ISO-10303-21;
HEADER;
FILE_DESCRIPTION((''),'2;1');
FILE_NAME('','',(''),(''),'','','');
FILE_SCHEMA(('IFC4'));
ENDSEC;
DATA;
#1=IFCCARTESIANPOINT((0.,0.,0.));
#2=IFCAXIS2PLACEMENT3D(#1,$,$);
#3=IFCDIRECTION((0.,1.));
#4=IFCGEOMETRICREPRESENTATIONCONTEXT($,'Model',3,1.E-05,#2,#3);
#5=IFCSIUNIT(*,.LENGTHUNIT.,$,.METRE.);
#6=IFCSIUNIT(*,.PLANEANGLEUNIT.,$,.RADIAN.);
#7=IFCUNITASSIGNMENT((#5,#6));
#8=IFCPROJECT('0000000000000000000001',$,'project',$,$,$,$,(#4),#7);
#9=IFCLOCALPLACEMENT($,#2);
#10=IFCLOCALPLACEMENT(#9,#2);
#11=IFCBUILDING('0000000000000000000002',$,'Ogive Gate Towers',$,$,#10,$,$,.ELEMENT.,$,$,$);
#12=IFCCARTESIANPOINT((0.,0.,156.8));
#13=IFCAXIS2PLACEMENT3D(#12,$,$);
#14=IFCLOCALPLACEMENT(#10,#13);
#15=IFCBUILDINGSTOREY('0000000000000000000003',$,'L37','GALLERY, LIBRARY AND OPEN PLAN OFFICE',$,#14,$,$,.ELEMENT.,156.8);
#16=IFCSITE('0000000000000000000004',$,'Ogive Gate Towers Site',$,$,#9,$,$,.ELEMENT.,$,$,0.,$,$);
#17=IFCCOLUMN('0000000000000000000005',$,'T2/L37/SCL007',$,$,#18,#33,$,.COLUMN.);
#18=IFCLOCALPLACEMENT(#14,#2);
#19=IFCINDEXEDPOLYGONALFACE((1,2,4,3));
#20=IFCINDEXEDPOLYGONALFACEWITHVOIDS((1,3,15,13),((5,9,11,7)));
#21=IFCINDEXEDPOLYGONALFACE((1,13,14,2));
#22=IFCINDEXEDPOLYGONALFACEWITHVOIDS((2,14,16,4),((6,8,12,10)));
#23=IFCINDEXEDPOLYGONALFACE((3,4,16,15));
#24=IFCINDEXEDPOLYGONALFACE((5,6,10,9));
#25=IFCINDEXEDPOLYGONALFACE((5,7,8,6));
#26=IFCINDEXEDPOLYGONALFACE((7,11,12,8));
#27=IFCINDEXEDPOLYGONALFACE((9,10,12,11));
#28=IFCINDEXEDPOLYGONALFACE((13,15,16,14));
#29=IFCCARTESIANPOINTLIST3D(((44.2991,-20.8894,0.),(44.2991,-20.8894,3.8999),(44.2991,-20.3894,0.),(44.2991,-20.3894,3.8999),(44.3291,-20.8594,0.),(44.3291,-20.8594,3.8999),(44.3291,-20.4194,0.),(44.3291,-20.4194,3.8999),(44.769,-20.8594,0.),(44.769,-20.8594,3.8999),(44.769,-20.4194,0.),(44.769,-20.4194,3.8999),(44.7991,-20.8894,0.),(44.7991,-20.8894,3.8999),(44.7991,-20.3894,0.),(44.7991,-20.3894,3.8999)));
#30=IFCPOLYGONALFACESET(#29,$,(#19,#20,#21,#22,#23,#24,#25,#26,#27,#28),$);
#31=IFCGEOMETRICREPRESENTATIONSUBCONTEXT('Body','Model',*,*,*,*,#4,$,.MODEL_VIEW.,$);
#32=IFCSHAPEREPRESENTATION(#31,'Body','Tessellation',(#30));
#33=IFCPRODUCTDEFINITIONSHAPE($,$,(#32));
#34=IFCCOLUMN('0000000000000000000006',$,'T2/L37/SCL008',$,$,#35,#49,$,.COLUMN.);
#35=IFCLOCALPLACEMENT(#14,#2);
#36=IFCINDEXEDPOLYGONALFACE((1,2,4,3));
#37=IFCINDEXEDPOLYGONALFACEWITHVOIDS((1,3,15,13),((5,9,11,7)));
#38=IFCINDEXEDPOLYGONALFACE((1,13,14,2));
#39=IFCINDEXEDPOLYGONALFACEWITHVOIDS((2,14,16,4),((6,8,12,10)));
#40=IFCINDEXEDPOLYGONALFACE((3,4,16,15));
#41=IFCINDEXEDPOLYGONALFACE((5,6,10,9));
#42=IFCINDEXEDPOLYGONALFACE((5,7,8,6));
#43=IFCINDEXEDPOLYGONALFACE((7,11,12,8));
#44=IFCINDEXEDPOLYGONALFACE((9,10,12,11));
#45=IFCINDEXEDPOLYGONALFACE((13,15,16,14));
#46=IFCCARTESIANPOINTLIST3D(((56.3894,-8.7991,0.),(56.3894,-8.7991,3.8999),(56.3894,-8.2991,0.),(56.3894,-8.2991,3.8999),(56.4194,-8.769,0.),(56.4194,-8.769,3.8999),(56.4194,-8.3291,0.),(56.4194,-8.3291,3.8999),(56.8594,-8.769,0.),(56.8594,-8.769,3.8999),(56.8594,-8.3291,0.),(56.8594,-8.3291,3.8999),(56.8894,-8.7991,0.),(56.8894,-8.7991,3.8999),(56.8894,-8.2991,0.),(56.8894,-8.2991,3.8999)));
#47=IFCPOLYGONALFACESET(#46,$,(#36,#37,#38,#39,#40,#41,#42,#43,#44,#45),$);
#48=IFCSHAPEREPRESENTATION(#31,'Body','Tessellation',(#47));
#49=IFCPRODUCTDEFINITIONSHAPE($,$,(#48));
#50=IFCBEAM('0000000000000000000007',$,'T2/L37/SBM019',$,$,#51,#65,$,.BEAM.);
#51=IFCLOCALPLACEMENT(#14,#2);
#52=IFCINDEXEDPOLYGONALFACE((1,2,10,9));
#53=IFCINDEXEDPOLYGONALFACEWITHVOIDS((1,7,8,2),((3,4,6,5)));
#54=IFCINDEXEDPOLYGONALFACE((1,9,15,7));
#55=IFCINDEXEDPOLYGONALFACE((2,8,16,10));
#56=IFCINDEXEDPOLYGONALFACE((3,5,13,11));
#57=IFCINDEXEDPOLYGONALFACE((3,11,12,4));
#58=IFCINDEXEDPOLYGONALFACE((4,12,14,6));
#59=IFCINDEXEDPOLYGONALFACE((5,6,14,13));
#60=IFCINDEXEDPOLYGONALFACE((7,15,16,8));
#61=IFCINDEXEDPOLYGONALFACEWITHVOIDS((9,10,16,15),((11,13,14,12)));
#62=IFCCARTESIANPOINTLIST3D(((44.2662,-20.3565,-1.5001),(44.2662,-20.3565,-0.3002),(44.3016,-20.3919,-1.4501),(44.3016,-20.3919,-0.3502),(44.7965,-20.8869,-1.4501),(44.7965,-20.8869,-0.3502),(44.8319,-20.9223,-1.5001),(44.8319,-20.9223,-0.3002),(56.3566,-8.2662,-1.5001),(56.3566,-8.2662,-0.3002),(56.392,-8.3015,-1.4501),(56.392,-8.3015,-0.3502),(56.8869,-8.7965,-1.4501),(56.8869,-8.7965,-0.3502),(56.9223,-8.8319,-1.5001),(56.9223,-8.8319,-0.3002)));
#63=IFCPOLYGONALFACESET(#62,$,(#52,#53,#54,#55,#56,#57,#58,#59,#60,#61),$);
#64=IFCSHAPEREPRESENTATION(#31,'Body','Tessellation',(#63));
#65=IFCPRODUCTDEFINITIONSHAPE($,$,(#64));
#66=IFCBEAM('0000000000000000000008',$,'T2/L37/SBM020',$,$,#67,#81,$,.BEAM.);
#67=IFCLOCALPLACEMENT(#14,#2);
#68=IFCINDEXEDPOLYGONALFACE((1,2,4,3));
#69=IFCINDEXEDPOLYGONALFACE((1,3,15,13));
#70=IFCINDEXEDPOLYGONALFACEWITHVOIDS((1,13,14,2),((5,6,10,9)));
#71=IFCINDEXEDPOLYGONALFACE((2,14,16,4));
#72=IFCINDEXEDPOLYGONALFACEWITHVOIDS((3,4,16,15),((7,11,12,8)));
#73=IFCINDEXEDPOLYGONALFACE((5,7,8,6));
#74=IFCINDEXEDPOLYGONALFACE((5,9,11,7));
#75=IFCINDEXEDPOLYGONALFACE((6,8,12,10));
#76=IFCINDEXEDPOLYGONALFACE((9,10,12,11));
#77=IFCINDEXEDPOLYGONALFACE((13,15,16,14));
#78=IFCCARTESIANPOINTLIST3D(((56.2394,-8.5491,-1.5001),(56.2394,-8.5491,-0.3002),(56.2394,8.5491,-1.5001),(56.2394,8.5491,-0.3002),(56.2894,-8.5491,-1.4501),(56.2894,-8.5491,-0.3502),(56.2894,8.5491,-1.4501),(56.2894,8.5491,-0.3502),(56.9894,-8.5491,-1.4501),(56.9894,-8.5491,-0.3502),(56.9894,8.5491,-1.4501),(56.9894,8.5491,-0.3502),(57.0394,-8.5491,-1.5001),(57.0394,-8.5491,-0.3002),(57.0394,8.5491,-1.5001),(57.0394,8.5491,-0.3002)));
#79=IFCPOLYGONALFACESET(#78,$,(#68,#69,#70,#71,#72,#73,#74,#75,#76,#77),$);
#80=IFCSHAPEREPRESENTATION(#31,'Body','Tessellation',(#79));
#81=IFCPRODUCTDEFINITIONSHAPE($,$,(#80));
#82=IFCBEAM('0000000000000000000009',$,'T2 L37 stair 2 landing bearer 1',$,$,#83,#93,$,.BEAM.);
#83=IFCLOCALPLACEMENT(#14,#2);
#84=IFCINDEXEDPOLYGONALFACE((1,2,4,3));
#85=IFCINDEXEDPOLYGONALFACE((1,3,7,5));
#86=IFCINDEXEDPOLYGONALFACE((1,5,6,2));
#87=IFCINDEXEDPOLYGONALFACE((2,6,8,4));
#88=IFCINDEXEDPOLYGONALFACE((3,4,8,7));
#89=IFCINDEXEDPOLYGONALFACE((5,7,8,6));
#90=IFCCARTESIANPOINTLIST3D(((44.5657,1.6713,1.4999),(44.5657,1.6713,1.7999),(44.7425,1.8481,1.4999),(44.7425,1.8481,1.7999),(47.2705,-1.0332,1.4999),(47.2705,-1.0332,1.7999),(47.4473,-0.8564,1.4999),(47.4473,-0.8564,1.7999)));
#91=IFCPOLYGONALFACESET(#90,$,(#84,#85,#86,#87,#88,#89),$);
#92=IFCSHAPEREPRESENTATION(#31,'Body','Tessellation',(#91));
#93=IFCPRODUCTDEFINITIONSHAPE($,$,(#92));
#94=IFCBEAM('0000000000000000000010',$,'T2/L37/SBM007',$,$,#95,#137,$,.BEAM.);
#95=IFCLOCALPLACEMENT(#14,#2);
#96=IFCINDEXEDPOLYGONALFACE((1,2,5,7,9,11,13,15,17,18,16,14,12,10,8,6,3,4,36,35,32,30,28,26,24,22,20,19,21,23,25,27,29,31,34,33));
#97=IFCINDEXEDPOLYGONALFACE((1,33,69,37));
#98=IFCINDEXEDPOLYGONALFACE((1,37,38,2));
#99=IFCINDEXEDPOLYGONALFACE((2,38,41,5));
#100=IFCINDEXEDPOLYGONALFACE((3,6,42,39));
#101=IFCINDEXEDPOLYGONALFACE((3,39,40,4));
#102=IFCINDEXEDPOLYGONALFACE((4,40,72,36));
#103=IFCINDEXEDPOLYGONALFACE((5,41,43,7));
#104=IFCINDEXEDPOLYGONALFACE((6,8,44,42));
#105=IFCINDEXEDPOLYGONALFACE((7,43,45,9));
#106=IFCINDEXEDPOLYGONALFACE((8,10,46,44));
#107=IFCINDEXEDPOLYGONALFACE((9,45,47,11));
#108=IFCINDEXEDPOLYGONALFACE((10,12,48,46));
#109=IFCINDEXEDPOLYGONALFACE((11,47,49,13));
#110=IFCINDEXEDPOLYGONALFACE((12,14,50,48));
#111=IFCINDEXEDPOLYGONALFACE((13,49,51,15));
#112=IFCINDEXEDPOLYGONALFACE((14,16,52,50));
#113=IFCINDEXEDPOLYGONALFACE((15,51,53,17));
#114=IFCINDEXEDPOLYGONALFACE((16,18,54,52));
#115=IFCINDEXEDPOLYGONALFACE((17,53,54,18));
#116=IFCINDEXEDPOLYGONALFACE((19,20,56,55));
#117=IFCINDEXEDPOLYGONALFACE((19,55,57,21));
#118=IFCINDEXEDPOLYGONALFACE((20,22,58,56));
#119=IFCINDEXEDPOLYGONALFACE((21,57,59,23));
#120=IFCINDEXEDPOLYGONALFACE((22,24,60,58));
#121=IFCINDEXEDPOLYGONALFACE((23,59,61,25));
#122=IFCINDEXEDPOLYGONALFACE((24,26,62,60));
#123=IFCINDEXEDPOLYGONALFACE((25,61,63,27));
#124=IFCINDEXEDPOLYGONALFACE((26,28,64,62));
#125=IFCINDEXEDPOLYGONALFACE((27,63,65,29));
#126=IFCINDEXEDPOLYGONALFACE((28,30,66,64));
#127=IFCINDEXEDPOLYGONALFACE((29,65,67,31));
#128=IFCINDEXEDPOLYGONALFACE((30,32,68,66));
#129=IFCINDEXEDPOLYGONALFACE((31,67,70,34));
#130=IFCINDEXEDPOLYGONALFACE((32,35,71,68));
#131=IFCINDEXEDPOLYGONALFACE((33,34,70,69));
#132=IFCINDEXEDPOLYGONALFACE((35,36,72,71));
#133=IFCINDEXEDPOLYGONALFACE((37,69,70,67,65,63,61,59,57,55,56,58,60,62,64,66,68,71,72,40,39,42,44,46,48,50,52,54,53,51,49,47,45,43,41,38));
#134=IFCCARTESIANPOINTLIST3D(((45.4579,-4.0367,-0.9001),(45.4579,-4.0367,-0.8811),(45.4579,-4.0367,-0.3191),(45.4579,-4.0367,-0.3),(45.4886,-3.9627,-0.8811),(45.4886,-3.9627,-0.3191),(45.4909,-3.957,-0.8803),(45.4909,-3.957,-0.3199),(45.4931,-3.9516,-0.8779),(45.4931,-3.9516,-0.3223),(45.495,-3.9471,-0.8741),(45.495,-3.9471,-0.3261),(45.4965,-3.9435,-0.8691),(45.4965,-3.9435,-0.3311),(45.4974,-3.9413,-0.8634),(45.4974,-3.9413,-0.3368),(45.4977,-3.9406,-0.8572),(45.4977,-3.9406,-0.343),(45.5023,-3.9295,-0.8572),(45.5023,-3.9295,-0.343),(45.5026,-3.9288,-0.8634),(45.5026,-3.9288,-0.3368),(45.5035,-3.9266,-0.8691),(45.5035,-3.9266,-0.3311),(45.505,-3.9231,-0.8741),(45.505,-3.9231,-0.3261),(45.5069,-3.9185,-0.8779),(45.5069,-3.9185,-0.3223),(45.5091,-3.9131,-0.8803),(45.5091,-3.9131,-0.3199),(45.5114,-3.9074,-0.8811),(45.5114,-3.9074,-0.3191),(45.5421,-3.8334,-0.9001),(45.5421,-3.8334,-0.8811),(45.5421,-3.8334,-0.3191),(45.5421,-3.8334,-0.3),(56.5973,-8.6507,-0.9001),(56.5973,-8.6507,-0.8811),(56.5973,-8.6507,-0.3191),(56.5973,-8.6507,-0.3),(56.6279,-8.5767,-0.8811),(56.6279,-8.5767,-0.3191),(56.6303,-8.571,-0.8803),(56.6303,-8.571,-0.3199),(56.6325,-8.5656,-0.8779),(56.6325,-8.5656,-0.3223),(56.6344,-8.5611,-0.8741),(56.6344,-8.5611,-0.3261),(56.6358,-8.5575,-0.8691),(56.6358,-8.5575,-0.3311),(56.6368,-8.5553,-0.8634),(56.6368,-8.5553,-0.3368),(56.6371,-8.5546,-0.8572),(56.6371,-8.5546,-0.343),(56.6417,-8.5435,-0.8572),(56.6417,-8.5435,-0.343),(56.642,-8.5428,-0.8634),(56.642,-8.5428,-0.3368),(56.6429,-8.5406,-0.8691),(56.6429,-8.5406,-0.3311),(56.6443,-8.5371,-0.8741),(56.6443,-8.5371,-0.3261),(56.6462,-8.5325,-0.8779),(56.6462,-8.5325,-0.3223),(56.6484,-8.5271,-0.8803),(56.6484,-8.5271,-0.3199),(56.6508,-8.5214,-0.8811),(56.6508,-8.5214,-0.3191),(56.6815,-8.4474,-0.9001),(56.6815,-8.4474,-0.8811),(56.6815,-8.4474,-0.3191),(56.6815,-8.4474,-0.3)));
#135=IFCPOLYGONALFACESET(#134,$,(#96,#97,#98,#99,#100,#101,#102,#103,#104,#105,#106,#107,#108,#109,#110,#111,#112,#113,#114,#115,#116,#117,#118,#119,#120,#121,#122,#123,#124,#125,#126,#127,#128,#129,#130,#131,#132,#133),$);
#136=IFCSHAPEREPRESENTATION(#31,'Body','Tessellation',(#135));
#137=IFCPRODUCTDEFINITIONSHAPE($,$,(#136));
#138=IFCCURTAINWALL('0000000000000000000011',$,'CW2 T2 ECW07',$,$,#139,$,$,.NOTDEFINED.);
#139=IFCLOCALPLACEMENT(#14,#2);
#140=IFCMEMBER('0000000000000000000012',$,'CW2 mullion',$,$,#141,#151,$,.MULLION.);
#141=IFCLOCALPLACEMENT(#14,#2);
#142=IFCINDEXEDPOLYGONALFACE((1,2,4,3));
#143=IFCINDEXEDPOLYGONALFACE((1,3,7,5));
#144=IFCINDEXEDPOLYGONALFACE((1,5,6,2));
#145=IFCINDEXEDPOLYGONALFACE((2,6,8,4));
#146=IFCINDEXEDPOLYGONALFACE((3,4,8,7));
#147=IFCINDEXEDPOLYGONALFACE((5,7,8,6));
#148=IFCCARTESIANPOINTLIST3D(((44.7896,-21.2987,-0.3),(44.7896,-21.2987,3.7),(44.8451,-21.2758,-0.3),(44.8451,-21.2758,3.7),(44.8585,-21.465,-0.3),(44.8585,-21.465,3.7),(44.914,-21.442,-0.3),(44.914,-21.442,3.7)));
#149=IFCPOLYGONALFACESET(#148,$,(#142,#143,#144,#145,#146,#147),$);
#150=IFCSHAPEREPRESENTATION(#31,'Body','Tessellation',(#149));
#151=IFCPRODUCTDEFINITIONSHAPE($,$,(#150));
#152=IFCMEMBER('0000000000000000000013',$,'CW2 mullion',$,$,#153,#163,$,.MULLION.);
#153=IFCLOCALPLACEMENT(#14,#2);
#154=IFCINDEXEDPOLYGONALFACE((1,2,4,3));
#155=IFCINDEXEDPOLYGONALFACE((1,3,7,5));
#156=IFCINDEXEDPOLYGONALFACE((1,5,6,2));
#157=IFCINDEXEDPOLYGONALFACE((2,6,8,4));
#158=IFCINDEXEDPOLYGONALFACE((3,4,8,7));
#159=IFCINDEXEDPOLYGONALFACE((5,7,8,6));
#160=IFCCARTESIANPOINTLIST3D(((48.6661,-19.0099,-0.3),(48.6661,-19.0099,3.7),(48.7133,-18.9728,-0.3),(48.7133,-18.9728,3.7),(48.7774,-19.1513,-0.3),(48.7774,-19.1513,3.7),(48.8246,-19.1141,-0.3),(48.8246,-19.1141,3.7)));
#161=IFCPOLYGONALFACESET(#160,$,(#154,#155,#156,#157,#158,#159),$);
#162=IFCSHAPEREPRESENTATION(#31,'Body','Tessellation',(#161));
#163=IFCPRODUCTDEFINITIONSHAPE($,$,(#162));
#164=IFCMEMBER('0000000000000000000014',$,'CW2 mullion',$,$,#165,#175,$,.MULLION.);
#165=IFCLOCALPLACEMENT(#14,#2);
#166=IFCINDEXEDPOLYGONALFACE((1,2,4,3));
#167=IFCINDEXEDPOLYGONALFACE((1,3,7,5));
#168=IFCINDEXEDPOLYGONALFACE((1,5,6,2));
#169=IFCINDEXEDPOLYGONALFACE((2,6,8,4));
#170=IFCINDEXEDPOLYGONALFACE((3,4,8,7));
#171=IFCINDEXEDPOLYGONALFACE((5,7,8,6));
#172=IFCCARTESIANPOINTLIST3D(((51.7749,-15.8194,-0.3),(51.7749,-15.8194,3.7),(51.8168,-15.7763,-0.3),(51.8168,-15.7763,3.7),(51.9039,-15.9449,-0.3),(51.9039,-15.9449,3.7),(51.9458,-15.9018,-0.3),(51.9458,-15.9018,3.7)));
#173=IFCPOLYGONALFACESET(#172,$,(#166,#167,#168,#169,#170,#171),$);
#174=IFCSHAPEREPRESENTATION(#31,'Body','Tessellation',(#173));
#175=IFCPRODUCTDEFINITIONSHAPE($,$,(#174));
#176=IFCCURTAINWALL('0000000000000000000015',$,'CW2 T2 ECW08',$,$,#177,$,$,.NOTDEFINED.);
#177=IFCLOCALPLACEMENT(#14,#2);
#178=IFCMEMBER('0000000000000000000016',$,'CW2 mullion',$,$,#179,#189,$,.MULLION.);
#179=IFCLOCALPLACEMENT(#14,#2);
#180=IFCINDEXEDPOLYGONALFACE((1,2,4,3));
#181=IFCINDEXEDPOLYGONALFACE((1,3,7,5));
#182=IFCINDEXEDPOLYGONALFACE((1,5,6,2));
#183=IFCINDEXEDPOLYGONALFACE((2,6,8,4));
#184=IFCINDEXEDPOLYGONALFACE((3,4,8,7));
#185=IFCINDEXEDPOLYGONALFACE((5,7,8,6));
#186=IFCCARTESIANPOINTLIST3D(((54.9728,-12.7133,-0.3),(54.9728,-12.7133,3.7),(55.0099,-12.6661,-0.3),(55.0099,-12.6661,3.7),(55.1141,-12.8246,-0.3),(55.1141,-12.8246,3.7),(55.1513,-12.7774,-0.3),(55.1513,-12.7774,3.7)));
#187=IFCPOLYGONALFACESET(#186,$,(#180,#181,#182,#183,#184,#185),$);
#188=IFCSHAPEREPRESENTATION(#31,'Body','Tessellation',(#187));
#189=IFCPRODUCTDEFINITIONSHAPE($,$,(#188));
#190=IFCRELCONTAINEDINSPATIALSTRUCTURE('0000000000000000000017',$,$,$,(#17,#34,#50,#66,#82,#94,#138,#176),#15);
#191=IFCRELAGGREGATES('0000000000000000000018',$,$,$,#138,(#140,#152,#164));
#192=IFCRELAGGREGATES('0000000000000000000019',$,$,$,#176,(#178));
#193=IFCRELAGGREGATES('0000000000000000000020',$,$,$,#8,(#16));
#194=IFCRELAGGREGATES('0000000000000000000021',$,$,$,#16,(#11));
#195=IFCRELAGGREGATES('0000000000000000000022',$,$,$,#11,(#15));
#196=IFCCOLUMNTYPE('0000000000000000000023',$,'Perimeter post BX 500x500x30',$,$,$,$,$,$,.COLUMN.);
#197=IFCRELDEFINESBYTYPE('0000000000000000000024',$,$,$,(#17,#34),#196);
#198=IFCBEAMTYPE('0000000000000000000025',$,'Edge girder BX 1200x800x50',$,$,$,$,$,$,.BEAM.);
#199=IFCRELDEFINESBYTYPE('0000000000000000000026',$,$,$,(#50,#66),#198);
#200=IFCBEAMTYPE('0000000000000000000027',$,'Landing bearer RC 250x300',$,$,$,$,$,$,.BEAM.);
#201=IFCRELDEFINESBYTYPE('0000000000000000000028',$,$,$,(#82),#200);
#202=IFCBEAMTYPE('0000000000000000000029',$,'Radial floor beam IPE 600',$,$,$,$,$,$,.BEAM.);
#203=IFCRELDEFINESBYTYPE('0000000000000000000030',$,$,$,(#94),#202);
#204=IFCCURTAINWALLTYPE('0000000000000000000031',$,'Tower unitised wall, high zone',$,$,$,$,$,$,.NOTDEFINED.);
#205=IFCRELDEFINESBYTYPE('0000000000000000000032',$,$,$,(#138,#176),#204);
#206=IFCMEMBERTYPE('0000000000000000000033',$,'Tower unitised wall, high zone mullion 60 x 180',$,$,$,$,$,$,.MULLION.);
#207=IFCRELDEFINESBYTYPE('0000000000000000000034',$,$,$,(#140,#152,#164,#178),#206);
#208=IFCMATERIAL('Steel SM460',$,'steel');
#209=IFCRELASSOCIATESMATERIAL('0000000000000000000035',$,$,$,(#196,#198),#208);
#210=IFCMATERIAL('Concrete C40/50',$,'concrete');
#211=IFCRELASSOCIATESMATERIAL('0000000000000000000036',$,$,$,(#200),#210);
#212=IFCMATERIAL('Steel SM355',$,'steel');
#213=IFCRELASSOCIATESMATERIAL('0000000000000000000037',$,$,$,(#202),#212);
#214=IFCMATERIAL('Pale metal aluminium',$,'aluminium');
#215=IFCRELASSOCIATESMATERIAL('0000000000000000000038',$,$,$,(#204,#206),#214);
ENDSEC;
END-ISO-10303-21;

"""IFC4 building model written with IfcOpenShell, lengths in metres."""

from ifc_helpers import new_model, si_unit, direction, frame, origin, origin_2d, place, context, subcontext, project, spatial, rectangle, hollow_rectangle, i_section, extrude, material, material_profile, profile_set, type_object, element, aggregate, save


model = new_model("IFC4")

# Units and contexts
model_context = context("Model", 3, precision=1e-05, world=origin(), true_north=direction((0.0, 1.0)))
body_context = subcontext(model_context, "Body", "Model", "MODEL_VIEW")
ifc_project = project(units=[si_unit("LENGTHUNIT", "METRE"), si_unit("PLANEANGLEUNIT", "RADIAN")], contexts=[model_context])

# Site, building, storey
site_placement = place(None, origin())
site = spatial("IfcSite", under=ifc_project, at=site_placement, Name="Ogive Gate Towers Site", CompositionType="ELEMENT", RefElevation=0.0)
building_placement = place(site_placement, origin())
building = spatial("IfcBuilding", under=site, at=building_placement, Name="Ogive Gate Towers", CompositionType="ELEMENT")
storey_placement = place(building_placement, frame((0.0, 0.0, 156.8)))
storey = spatial("IfcBuildingStorey", under=building, at=storey_placement, Name="L37", Description="GALLERY, LIBRARY AND OPEN PLAN OFFICE", CompositionType="ELEMENT", Elevation=156.8)

# Columns
ifc_material_1 = material(Name="Steel SM460", Category="steel")
ifc_material_profile_1 = material_profile(ifc_material_1, hollow_rectangle(XDim=0.5, YDim=0.5, WallThickness=0.03, at=origin_2d()), Name="BX 500x500x30")
ifc_profile_set_1 = profile_set([ifc_material_profile_1], Name="Steel SM460")
column_type = type_object("IfcColumnType", Name="Perimeter post BX 500x500x30", PredefinedType="COLUMN", material=ifc_profile_set_1)
for number, where, z_axis, x_axis, name in (
    (1, (44.5491, -20.6394, 0.0), (0.0, 0.0, 1.0), (1.0, 0.0, 0.0), "T2/L37/SCL007"),
    (2, (56.6394, -8.5491, 0.0), (0.0, 0.0, 1.0), (1.0, 0.0, 0.0), "T2/L37/SCL008"),
):
    element("IfcColumn", number, at=place(storey_placement, frame(where, z_axis=z_axis, x_axis=x_axis)), inside=storey, type_object=column_type, Name=name, PredefinedType="COLUMN", context=body_context, shape_type="SweptSolid", body=[
        extrude(hollow_rectangle(XDim=0.5, YDim=0.5, WallThickness=0.03, at=origin_2d()), origin(), (0.0, 0.0, 1.0), 3.8999),
    ])

# Beams
ifc_material_profile_2 = material_profile(ifc_material_1, hollow_rectangle(XDim=0.8, YDim=1.2, WallThickness=0.05, at=origin_2d()), Name="BX 1200x800x50")
ifc_profile_set_2 = profile_set([ifc_material_profile_2], Name="Steel SM460")
beam_type_1 = type_object("IfcBeamType", Name="Edge girder BX 1200x800x50", PredefinedType="BEAM", material=ifc_profile_set_2)
beam_1_placement = place(storey_placement, frame((44.5491, -20.6394, -0.9001), z_axis=(0.707107, 0.707107, 0.0), x_axis=(-0.707107, 0.707107, 0.0)))
element("IfcBeam", 3, at=beam_1_placement, inside=storey, type_object=beam_type_1, Name="T2/L37/SBM019", PredefinedType="BEAM", context=body_context, shape_type="SweptSolid", body=[
    extrude(hollow_rectangle(XDim=0.8, YDim=1.2, WallThickness=0.05, at=origin_2d()), origin(), (0.0, 0.0, 1.0), 17.0984),
])
beam_2_placement = place(storey_placement, frame((56.6394, -8.5491, -0.9001), z_axis=(0.0, 1.0, 0.0), x_axis=(-1.0, 0.0, 0.0)))
element("IfcBeam", 4, at=beam_2_placement, inside=storey, type_object=beam_type_1, Name="T2/L37/SBM020", PredefinedType="BEAM", context=body_context, shape_type="SweptSolid", body=[
    extrude(hollow_rectangle(XDim=0.8, YDim=1.2, WallThickness=0.05, at=origin_2d()), origin(), (0.0, 0.0, 1.0), 17.0981),
])
ifc_material_2 = material(Name="Concrete C40/50", Category="concrete")
ifc_material_profile_3 = material_profile(ifc_material_2, rectangle(XDim=0.25, YDim=0.3, at=origin_2d()), Name="RC 250x300")
ifc_profile_set_3 = profile_set([ifc_material_profile_3], Name="Concrete C40/50")
beam_type_2 = type_object("IfcBeamType", Name="Landing bearer RC 250x300", PredefinedType="BEAM", material=ifc_profile_set_3)
beam_3_placement = place(storey_placement, frame((47.3589, -0.9448, 1.6499), z_axis=(-0.707139, 0.707075, 0.0), x_axis=(-0.707075, -0.707139, 0.0)))
element("IfcBeam", 5, at=beam_3_placement, inside=storey, type_object=beam_type_2, Name="T2 L37 stair 2 landing bearer 1", PredefinedType="BEAM", context=body_context, shape_type="SweptSolid", body=[
    extrude(rectangle(XDim=0.25, YDim=0.3, at=origin_2d()), origin(), (0.0, 0.0, 1.0), 3.825),
])
ifc_material_3 = material(Name="Steel SM355", Category="steel")
ifc_material_profile_4 = material_profile(ifc_material_3, i_section(OverallWidth=0.22, OverallDepth=0.6001, WebThickness=0.012, FlangeThickness=0.019, FilletRadius=0.0239, at=origin_2d()), Name="IPE 600")
ifc_profile_set_4 = profile_set([ifc_material_profile_4], Name="Steel SM355")
beam_type_3 = type_object("IfcBeamType", Name="Radial floor beam IPE 600", PredefinedType="BEAM", material=ifc_profile_set_4)
beam_4_placement = place(storey_placement, frame((45.5, -3.9351, -0.6001), z_axis=(0.923882, -0.382678, 0.0), x_axis=(0.382678, 0.923882, 0.0)))
element("IfcBeam", 6, at=beam_4_placement, inside=storey, type_object=beam_type_3, Name="T2/L37/SBM007", PredefinedType="BEAM", context=body_context, shape_type="SweptSolid", body=[
    extrude(i_section(OverallWidth=0.22, OverallDepth=0.6001, WebThickness=0.012, FlangeThickness=0.019, FilletRadius=0.0239, at=origin_2d()), origin(), (0.0, 0.0, 1.0), 12.0571),
])

# Curtain walls, members
ifc_material_4 = material(Name="Pale metal aluminium", Category="aluminium")
curtain_wall_type = type_object("IfcCurtainWallType", Name="Tower unitised wall, high zone", PredefinedType="NOTDEFINED", material=ifc_material_4)
curtain_wall_1_placement = place(storey_placement, origin())
curtain_wall_1 = element("IfcCurtainWall", 7, at=curtain_wall_1_placement, inside=storey, type_object=curtain_wall_type, Name="CW2 T2 ECW07", PredefinedType="NOTDEFINED")
ifc_material_profile_5 = material_profile(ifc_material_4, rectangle(XDim=0.1799, YDim=0.0601, at=origin_2d()), Name="60 x 180 aluminium box")
ifc_profile_set_5 = profile_set([ifc_material_profile_5], Name="Pale metal aluminium")
member_type_1 = type_object("IfcMemberType", Name="Tower unitised wall, high zone mullion 60 x 180", PredefinedType="MULLION", material=ifc_profile_set_5)
member_1_placement = place(storey_placement, frame((44.8518, -21.3704, -0.3), z_axis=(0.0, 0.0, 1.0), x_axis=(0.382683, -0.92388, 0.0)))
member_1 = element("IfcMember", 8, at=member_1_placement, type_object=member_type_1, Name="CW2 mullion", PredefinedType="MULLION", context=body_context, shape_type="SweptSolid", body=[
    extrude(rectangle(XDim=0.1799, YDim=0.0601, at=origin_2d()), origin(), (0.0, 0.0, 1.0), 4.0),
])
member_2_placement = place(storey_placement, frame((48.7454, -19.062, -0.3), z_axis=(0.0, 0.0, 1.0), x_axis=(0.61871, -0.785619, 0.0)))
member_2 = element("IfcMember", 9, at=member_2_placement, type_object=member_type_1, Name="CW2 mullion", PredefinedType="MULLION", context=body_context, shape_type="SweptSolid", body=[
    extrude(rectangle(XDim=0.1799, YDim=0.0601, at=origin_2d()), origin(), (0.0, 0.0, 1.0), 4.0),
])
member_3_placement = place(storey_placement, frame((51.8604, -15.8606, -0.3), z_axis=(0.0, 0.0, 1.0), x_axis=(0.716728, -0.697353, 0.0)))
member_3 = element("IfcMember", 10, at=member_3_placement, type_object=member_type_1, Name="CW2 mullion", PredefinedType="MULLION", context=body_context, shape_type="SweptSolid", body=[
    extrude(rectangle(XDim=0.1799, YDim=0.0601, at=origin_2d()), origin(), (0.0, 0.0, 1.0), 4.0),
])
curtain_wall_2_placement = place(storey_placement, origin())
curtain_wall_2 = element("IfcCurtainWall", 11, at=curtain_wall_2_placement, inside=storey, type_object=curtain_wall_type, Name="CW2 T2 ECW08", PredefinedType="NOTDEFINED")
member_4_placement = place(storey_placement, frame((55.062, -12.7454, -0.3), z_axis=(0.0, 0.0, 1.0), x_axis=(0.785619, -0.61871, 0.0)))
member_4 = element("IfcMember", 12, at=member_4_placement, type_object=member_type_1, Name="CW2 mullion", PredefinedType="MULLION", context=body_context, shape_type="SweptSolid", body=[
    extrude(rectangle(XDim=0.1799, YDim=0.0601, at=origin_2d()), origin(), (0.0, 0.0, 1.0), 4.0),
])

aggregate(curtain_wall_1, [member_1, member_2, member_3])
aggregate(curtain_wall_2, [member_4])

save(model, "model.ifc")
